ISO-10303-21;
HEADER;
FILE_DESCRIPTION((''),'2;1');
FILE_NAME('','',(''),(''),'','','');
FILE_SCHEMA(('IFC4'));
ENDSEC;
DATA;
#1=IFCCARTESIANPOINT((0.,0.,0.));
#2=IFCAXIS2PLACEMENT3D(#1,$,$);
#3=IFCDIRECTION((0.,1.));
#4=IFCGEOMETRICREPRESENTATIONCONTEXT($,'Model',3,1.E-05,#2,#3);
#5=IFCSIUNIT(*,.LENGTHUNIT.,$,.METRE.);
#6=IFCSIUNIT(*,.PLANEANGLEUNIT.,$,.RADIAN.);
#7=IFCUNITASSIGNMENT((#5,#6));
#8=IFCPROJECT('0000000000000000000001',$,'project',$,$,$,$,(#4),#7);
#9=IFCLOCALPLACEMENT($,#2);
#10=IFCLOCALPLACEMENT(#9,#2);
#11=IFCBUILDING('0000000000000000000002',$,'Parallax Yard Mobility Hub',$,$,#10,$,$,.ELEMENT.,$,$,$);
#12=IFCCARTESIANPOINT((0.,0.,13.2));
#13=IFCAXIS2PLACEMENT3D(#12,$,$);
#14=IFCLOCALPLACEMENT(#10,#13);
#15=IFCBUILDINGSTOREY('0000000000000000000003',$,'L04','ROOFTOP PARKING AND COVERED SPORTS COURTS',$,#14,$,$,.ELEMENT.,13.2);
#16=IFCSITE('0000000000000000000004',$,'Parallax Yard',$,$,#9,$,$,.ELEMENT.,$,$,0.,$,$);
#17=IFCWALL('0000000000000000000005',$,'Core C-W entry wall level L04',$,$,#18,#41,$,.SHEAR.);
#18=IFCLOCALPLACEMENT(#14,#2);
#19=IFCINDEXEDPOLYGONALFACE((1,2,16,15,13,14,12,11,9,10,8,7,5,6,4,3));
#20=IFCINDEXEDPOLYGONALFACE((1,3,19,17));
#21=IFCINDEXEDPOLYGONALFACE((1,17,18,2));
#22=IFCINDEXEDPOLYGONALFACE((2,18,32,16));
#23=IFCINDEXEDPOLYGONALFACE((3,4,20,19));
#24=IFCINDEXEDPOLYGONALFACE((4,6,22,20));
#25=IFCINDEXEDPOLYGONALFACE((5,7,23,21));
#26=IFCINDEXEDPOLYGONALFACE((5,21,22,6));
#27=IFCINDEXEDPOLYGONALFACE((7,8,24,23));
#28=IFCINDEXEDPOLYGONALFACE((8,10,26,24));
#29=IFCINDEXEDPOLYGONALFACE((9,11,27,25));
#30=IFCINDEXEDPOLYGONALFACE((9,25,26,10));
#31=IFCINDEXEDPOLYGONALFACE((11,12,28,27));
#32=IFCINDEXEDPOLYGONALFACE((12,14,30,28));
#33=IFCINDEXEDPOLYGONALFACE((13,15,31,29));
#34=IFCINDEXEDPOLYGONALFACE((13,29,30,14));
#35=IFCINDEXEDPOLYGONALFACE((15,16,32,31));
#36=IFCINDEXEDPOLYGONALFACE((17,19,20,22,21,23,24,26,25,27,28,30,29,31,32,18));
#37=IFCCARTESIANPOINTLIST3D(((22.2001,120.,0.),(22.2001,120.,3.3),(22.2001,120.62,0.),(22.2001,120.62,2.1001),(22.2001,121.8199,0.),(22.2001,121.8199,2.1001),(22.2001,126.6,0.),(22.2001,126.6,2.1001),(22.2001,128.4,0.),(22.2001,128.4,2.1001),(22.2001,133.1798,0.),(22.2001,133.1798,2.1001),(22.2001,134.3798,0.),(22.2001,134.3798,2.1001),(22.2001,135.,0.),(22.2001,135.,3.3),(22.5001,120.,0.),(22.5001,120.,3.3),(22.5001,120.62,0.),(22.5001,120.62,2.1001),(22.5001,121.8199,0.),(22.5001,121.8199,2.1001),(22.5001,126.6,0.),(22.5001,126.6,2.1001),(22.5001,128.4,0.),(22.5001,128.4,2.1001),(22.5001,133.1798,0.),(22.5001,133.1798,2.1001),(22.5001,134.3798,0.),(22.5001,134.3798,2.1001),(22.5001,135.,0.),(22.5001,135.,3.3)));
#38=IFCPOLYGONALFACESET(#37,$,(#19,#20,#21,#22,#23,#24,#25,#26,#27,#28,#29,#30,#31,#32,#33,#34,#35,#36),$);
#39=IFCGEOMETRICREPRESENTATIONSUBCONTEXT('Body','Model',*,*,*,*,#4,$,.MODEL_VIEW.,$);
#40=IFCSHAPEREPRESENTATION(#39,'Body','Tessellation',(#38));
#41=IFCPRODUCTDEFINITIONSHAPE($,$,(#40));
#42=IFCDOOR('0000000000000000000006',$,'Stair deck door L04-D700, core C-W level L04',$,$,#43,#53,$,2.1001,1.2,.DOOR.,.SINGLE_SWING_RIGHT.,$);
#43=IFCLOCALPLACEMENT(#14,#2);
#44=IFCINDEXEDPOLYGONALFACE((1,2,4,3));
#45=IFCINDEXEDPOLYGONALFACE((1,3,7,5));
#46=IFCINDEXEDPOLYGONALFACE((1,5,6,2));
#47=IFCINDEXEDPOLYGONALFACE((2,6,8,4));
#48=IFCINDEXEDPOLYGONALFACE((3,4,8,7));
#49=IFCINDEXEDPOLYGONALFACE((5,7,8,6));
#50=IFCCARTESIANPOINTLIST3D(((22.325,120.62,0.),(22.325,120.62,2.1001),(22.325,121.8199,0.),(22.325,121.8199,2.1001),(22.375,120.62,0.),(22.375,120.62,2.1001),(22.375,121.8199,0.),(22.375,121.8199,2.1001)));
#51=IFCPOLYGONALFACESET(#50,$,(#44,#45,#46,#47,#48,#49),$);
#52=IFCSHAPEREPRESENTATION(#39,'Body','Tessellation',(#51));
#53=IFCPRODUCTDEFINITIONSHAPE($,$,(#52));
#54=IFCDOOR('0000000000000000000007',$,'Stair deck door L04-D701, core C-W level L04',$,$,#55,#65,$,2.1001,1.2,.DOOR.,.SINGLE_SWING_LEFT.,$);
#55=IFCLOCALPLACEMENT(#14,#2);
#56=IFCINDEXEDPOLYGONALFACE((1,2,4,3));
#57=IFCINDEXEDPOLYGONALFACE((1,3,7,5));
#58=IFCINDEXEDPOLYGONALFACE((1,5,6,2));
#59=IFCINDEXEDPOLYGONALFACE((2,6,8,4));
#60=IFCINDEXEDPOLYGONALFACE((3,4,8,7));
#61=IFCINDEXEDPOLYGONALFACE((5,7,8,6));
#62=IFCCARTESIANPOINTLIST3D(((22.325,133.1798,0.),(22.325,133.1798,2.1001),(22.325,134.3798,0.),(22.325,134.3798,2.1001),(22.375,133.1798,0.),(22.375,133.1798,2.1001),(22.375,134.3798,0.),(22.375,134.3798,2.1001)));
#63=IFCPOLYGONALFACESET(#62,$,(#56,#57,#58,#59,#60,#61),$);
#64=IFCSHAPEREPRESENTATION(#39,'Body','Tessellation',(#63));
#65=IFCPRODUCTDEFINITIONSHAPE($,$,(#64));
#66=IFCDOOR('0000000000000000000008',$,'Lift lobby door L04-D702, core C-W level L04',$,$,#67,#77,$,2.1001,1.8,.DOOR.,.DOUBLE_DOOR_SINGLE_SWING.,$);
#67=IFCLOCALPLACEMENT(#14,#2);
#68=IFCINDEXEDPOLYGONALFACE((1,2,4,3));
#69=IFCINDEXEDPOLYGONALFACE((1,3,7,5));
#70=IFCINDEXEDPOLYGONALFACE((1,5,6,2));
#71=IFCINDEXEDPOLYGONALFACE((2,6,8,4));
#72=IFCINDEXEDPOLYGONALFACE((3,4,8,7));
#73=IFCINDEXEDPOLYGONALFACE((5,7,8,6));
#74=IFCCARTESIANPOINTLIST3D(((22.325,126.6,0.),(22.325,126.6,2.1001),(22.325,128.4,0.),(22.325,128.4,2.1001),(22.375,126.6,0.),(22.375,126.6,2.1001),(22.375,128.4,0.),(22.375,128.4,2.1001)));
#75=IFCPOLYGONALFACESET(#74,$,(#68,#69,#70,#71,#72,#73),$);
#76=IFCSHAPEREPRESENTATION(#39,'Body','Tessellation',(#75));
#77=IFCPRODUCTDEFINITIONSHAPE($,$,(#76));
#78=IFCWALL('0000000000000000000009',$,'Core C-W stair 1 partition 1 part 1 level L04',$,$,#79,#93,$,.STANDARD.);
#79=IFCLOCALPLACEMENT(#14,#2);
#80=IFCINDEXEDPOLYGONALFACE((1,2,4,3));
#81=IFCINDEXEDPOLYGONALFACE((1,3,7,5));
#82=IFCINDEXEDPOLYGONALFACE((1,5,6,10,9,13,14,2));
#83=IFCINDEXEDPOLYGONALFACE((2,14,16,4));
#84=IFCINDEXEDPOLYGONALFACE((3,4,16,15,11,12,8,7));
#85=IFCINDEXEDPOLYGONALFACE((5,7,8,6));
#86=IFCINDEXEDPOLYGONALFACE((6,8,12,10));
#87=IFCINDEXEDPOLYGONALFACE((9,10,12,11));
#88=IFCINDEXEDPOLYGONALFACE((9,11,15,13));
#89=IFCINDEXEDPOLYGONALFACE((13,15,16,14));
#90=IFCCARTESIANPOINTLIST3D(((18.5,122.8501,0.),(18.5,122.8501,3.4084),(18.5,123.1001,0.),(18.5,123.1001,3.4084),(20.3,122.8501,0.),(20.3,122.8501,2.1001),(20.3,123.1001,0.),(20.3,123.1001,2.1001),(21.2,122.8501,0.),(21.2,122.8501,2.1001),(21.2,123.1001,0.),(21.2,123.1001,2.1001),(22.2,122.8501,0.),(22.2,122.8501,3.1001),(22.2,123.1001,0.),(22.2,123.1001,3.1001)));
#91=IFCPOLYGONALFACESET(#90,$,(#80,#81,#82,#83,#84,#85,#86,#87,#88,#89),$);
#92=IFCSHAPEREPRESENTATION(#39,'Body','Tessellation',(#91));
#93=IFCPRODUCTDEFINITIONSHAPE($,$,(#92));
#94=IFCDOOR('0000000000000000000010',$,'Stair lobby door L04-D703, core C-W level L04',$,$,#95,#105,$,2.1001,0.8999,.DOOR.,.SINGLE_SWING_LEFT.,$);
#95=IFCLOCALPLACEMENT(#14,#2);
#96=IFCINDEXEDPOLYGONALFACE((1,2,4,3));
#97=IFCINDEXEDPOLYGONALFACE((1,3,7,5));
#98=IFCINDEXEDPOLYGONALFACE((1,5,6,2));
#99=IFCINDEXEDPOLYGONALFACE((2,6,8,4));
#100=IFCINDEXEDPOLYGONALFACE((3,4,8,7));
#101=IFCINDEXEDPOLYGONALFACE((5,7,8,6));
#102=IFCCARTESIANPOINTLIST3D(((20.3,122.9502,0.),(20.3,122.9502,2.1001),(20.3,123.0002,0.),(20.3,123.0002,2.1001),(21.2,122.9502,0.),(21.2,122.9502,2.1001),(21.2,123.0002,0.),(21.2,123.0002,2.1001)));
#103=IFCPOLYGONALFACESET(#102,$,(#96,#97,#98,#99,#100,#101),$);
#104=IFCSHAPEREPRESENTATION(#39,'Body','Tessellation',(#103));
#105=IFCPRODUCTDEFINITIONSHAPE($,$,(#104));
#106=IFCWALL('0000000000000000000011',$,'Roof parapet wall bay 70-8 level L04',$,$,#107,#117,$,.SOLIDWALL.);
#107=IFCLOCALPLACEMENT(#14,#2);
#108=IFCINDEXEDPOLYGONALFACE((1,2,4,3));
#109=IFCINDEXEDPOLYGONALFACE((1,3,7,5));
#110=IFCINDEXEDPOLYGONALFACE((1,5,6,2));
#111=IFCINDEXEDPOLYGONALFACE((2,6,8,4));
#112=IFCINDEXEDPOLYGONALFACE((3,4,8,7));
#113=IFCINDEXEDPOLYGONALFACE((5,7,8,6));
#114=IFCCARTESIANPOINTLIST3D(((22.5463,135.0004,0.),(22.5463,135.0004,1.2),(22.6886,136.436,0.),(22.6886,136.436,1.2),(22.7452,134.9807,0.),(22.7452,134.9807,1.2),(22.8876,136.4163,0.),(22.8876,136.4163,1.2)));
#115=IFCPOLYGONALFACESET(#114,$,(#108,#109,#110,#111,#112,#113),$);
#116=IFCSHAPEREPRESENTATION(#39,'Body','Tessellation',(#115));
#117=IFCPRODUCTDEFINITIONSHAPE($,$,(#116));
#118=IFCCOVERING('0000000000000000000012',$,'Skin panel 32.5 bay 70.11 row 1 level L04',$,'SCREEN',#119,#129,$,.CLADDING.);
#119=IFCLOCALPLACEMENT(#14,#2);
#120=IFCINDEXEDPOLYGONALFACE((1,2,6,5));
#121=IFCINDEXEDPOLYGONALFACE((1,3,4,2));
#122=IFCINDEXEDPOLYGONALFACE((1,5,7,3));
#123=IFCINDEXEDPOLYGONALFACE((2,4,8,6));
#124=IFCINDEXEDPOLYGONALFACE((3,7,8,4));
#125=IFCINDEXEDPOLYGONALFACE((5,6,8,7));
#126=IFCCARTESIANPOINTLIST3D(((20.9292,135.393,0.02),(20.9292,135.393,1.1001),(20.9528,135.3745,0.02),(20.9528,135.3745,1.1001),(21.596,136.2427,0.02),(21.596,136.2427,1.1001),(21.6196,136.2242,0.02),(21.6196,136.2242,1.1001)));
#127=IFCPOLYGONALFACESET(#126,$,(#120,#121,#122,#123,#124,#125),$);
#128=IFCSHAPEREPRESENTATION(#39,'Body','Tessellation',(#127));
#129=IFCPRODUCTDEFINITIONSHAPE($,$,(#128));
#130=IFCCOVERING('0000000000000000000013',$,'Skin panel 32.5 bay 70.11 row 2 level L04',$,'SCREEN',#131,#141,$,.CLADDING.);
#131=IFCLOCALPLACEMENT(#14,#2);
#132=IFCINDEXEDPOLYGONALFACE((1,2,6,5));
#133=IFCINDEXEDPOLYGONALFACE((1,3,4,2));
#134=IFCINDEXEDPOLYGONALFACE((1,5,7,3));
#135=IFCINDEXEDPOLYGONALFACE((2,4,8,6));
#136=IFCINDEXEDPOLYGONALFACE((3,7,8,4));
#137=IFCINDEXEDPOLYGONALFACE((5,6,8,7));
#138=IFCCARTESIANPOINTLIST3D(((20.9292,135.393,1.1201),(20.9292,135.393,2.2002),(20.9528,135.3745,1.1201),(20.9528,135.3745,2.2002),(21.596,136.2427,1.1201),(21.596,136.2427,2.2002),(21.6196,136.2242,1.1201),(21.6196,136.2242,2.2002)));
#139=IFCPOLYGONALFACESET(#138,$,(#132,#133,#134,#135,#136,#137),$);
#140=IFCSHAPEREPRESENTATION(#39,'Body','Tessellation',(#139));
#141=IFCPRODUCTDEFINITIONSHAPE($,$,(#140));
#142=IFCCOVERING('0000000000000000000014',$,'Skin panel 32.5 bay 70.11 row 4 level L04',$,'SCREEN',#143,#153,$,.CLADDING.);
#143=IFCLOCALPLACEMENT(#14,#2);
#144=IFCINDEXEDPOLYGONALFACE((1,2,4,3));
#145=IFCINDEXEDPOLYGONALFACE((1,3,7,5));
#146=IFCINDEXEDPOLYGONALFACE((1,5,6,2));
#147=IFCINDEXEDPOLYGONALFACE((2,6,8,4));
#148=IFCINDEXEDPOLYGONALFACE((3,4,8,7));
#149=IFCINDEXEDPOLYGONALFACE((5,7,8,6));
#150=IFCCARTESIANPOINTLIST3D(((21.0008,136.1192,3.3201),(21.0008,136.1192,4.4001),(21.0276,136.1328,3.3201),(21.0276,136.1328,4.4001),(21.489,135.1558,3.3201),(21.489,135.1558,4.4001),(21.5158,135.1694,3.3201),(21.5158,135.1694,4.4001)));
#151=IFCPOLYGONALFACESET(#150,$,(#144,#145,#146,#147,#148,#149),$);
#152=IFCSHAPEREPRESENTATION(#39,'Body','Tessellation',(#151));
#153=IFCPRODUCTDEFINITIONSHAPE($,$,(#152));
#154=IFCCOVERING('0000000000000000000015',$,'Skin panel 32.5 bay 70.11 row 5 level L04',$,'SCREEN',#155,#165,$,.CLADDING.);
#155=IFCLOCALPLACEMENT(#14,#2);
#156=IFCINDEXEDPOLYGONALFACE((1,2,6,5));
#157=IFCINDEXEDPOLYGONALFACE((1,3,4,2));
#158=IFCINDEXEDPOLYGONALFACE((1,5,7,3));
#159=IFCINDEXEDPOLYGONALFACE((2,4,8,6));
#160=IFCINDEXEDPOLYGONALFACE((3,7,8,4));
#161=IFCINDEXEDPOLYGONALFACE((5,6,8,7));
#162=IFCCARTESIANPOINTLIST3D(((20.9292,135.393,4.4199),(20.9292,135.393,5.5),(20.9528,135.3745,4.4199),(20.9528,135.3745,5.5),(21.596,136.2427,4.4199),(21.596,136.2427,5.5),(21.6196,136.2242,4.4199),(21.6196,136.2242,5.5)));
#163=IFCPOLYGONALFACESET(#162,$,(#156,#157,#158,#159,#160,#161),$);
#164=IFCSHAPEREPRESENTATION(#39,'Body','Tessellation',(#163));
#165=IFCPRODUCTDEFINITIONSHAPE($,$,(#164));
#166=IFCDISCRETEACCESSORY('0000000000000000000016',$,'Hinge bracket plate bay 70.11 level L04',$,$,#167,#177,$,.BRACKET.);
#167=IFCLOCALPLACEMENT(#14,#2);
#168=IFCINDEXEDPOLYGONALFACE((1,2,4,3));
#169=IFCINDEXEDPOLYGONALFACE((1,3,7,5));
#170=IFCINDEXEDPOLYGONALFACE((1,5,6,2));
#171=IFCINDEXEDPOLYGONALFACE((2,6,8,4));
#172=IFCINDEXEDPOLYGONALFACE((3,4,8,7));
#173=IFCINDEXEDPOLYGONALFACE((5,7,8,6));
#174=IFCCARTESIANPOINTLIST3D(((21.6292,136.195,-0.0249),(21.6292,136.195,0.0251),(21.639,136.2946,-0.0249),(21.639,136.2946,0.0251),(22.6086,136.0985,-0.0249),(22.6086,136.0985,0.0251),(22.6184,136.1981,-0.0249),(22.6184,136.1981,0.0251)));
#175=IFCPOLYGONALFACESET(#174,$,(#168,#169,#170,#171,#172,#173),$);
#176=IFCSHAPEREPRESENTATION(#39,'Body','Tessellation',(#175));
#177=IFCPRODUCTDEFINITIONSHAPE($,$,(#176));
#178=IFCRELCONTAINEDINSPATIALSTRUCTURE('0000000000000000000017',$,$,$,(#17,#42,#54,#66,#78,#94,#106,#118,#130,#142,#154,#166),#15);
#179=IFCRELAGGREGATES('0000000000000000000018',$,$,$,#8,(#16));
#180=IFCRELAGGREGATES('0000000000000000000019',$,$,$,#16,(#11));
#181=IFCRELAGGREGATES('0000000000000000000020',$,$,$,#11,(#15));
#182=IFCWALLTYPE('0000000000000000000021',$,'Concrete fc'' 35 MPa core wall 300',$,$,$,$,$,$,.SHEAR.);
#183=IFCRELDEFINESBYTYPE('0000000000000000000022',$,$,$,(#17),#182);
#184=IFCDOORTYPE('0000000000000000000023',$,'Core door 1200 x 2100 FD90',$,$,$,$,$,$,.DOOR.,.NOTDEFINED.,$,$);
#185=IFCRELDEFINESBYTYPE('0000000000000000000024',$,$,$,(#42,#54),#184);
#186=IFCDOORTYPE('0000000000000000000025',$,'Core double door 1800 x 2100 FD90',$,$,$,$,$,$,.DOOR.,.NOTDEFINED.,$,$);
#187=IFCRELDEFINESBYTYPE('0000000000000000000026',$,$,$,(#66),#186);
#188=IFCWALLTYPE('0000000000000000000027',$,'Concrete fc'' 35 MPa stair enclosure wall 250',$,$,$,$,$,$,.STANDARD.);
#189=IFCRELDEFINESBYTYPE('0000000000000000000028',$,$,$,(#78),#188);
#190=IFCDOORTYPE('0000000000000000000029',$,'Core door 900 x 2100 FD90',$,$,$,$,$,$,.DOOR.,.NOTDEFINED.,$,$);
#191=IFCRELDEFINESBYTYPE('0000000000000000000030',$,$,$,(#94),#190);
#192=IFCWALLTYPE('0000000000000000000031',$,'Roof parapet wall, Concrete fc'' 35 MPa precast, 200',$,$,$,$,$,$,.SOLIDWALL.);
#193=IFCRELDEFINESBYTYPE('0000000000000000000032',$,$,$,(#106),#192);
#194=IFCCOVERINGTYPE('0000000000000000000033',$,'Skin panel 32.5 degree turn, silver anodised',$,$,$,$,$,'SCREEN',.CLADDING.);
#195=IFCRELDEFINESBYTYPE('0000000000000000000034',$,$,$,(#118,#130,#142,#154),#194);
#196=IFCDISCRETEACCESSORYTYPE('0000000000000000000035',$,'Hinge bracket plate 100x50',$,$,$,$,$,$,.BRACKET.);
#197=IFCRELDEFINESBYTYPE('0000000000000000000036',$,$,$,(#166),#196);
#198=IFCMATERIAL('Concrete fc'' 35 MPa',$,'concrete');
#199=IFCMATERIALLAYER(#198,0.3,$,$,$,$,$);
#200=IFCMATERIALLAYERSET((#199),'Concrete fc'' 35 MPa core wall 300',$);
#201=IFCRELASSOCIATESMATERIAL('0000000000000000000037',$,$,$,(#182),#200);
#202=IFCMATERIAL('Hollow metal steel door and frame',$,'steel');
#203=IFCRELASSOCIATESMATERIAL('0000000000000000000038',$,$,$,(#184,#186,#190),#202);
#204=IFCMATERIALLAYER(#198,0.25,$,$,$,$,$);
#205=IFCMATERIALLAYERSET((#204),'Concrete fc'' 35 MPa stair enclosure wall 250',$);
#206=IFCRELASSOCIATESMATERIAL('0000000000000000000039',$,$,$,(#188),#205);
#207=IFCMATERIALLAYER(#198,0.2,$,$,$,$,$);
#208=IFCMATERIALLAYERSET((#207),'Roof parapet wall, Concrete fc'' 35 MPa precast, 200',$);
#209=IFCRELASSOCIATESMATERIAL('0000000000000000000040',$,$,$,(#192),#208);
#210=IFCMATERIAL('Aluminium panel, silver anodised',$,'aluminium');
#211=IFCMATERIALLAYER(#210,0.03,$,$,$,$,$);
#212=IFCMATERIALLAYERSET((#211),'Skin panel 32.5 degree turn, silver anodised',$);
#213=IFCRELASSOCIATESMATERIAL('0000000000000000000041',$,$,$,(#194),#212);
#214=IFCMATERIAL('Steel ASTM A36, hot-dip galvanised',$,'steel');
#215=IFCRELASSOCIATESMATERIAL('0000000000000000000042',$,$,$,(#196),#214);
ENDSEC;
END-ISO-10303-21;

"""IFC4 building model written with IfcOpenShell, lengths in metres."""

from ifc_helpers import new_model, si_unit, direction, frame, frame_2d, origin, origin_2d, place, context, subcontext, project, spatial, polyline, rectangle, outline, extrude, material, layer, layer_set, type_object, element, fill, save


model = new_model("IFC4")

# Units and contexts
model_context = context("Model", 3, precision=1e-05, world=origin(), true_north=direction((0.0, 1.0)))
body_context = subcontext(model_context, "Body", "Model", "MODEL_VIEW")
ifc_project = project(units=[si_unit("LENGTHUNIT", "METRE"), si_unit("PLANEANGLEUNIT", "RADIAN")], contexts=[model_context])

# Site, building, storey
site_placement = place(None, origin())
site = spatial("IfcSite", under=ifc_project, at=site_placement, Name="Parallax Yard", CompositionType="ELEMENT", RefElevation=0.0)
building_placement = place(site_placement, origin())
building = spatial("IfcBuilding", under=site, at=building_placement, Name="Parallax Yard Mobility Hub", CompositionType="ELEMENT")
storey_placement = place(building_placement, frame((0.0, 0.0, 13.2)))
storey = spatial("IfcBuildingStorey", under=building, at=storey_placement, Name="L04", Description="ROOFTOP PARKING AND COVERED SPORTS COURTS", CompositionType="ELEMENT", Elevation=13.2)

# Wall, openings, doors
ifc_material_1 = material(Name="Concrete fc' 35 MPa", Category="concrete")
ifc_layer_1 = layer(ifc_material_1, 0.3)
ifc_layer_set_1 = layer_set([ifc_layer_1], Name="Concrete fc' 35 MPa core wall 300")
wall_type_1 = type_object("IfcWallType", Name="Concrete fc' 35 MPa core wall 300", PredefinedType="SHEAR", material=ifc_layer_set_1)
wall_1_placement = place(storey_placement, frame((22.3501, 135.0, 0.0), z_axis=(0.0, 0.0, 1.0), x_axis=(0.0, -1.0, 0.0)))
wall_1 = element("IfcWall", 1, at=wall_1_placement, inside=storey, type_object=wall_type_1, Name="Core C-W entry wall level L04", PredefinedType="SHEAR", context=body_context, shape_type="SweptSolid", body=[
    extrude(rectangle(XDim=15.0, YDim=0.3, at=frame_2d((7.5, 0.0))), origin(), (0.0, 0.0, 1.0), 3.3),
])
opening_1_placement = place(wall_1_placement, frame((13.1799, 0.0, 0.0)))
opening_1 = element("IfcOpeningElement", 2, at=opening_1_placement, cuts=wall_1, PredefinedType="OPENING", context=body_context, shape_type="SweptSolid", body=[
    extrude(rectangle(XDim=1.2, YDim=2.1001, at=frame_2d((0.6001, 1.05))), frame((0.0, 0.1602, 0.0), z_axis=(0.0, -1.0, 0.0), x_axis=(1.0, 0.0, 0.0)), (0.0, 0.0, 1.0), 0.3201),
])
opening_2_placement = place(wall_1_placement, frame((0.6201, 0.0, 0.0)))
opening_2 = element("IfcOpeningElement", 3, at=opening_2_placement, cuts=wall_1, PredefinedType="OPENING", context=body_context, shape_type="SweptSolid", body=[
    extrude(rectangle(XDim=1.2, YDim=2.1001, at=frame_2d((0.6001, 1.05))), frame((0.0, 0.1602, 0.0), z_axis=(0.0, -1.0, 0.0), x_axis=(1.0, 0.0, 0.0)), (0.0, 0.0, 1.0), 0.3201),
])
opening_3_placement = place(wall_1_placement, frame((6.6001, 0.0, 0.0)))
opening_3 = element("IfcOpeningElement", 4, at=opening_3_placement, cuts=wall_1, PredefinedType="OPENING", context=body_context, shape_type="SweptSolid", body=[
    extrude(rectangle(XDim=1.8, YDim=2.1001, at=frame_2d((0.8999, 1.05))), frame((0.0, 0.1602, 0.0), z_axis=(0.0, -1.0, 0.0), x_axis=(1.0, 0.0, 0.0)), (0.0, 0.0, 1.0), 0.3201),
])
ifc_material_2 = material(Name="Hollow metal steel door and frame", Category="steel")
door_type_1 = type_object("IfcDoorType", Name="Core door 1200 x 2100 FD90", OperationType="NOTDEFINED", PredefinedType="DOOR", material=ifc_material_2)
door_1_placement = place(opening_1_placement, origin())
door_1 = element("IfcDoor", 5, at=door_1_placement, inside=storey, type_object=door_type_1, Name="Stair deck door L04-D700, core C-W level L04", OperationType="SINGLE_SWING_RIGHT", OverallHeight=2.1001, OverallWidth=1.2, PredefinedType="DOOR", context=body_context, shape_type="SweptSolid", body=[
    extrude(rectangle(XDim=1.2, YDim=2.1001, at=frame_2d((0.6001, 1.05))), frame((0.0, 0.0249, 0.0), z_axis=(0.0, -1.0, 0.0), x_axis=(1.0, 0.0, 0.0)), (0.0, 0.0, 1.0), 0.05),
])
fill(opening_1, door_1)
door_2_placement = place(opening_2_placement, origin())
door_2 = element("IfcDoor", 6, at=door_2_placement, inside=storey, type_object=door_type_1, Name="Stair deck door L04-D701, core C-W level L04", OperationType="SINGLE_SWING_LEFT", OverallHeight=2.1001, OverallWidth=1.2, PredefinedType="DOOR", context=body_context, shape_type="SweptSolid", body=[
    extrude(rectangle(XDim=1.2, YDim=2.1001, at=frame_2d((0.6001, 1.05))), frame((0.0, 0.0249, 0.0), z_axis=(0.0, -1.0, 0.0), x_axis=(1.0, 0.0, 0.0)), (0.0, 0.0, 1.0), 0.05),
])
fill(opening_2, door_2)
door_type_2 = type_object("IfcDoorType", Name="Core double door 1800 x 2100 FD90", OperationType="NOTDEFINED", PredefinedType="DOOR", material=ifc_material_2)
door_3_placement = place(opening_3_placement, origin())
door_3 = element("IfcDoor", 7, at=door_3_placement, inside=storey, type_object=door_type_2, Name="Lift lobby door L04-D702, core C-W level L04", OperationType="DOUBLE_DOOR_SINGLE_SWING", OverallHeight=2.1001, OverallWidth=1.8, PredefinedType="DOOR", context=body_context, shape_type="SweptSolid", body=[
    extrude(rectangle(XDim=1.8, YDim=2.1001, at=frame_2d((0.8999, 1.05))), frame((0.0, 0.0249, 0.0), z_axis=(0.0, -1.0, 0.0), x_axis=(1.0, 0.0, 0.0)), (0.0, 0.0, 1.0), 0.05),
])
fill(opening_3, door_3)

# Wall, opening, door
ifc_layer_2 = layer(ifc_material_1, 0.25)
ifc_layer_set_2 = layer_set([ifc_layer_2], Name="Concrete fc' 35 MPa stair enclosure wall 250")
wall_type_2 = type_object("IfcWallType", Name="Concrete fc' 35 MPa stair enclosure wall 250", PredefinedType="STANDARD", material=ifc_layer_set_2)
wall_2_placement = place(storey_placement, frame((22.2, 122.9751, 0.0), z_axis=(0.0, 0.0, 1.0), x_axis=(-1.0, 0.0, 0.0)))
wall_2 = element("IfcWall", 8, at=wall_2_placement, inside=storey, type_object=wall_type_2, Name="Core C-W stair 1 partition 1 part 1 level L04", PredefinedType="STANDARD", context=body_context, shape_type="SweptSolid", body=[
    extrude(outline(polyline([(0.0, 0.0), (3.7, 0.0), (3.7, 3.4084), (0.0, 3.1001), (0.0, 0.0)])), frame((0.0, 0.125, 0.0), z_axis=(0.0, -1.0, 0.0), x_axis=(1.0, 0.0, 0.0)), (0.0, 0.0, 1.0), 0.25),
])
opening_4_placement = place(wall_2_placement, frame((1.0, 0.0, 0.0)))
opening_4 = element("IfcOpeningElement", 9, at=opening_4_placement, cuts=wall_2, PredefinedType="OPENING", context=body_context, shape_type="SweptSolid", body=[
    extrude(rectangle(XDim=0.8999, YDim=2.1001, at=frame_2d((0.45, 1.05))), frame((0.0, 0.135, 0.0), z_axis=(0.0, -1.0, 0.0), x_axis=(1.0, 0.0, 0.0)), (0.0, 0.0, 1.0), 0.27),
])
door_type_3 = type_object("IfcDoorType", Name="Core door 900 x 2100 FD90", OperationType="NOTDEFINED", PredefinedType="DOOR", material=ifc_material_2)
door_4_placement = place(opening_4_placement, origin())
door_4 = element("IfcDoor", 10, at=door_4_placement, inside=storey, type_object=door_type_3, Name="Stair lobby door L04-D703, core C-W level L04", OperationType="SINGLE_SWING_LEFT", OverallHeight=2.1001, OverallWidth=0.8999, PredefinedType="DOOR", context=body_context, shape_type="SweptSolid", body=[
    extrude(rectangle(XDim=0.8999, YDim=2.1001, at=frame_2d((0.45, 1.05))), frame((0.0, 0.0249, 0.0), z_axis=(0.0, -1.0, 0.0), x_axis=(1.0, 0.0, 0.0)), (0.0, 0.0, 1.0), 0.05),
])
fill(opening_4, door_4)

# Wall
ifc_layer_3 = layer(ifc_material_1, 0.2)
ifc_layer_set_3 = layer_set([ifc_layer_3], Name="Roof parapet wall, Concrete fc' 35 MPa precast, 200")
wall_type_3 = type_object("IfcWallType", Name="Roof parapet wall, Concrete fc' 35 MPa precast, 200", PredefinedType="SOLIDWALL", material=ifc_layer_set_3)
wall_3_placement = place(storey_placement, frame((22.7881, 136.426, 0.0), z_axis=(0.0, 0.0, 1.0), x_axis=(-0.098666, -0.995121, 0.0)))
element("IfcWall", 11, at=wall_3_placement, inside=storey, type_object=wall_type_3, Name="Roof parapet wall bay 70-8 level L04", PredefinedType="SOLIDWALL", context=body_context, shape_type="SweptSolid", body=[
    extrude(rectangle(XDim=1.4426, YDim=0.2, at=frame_2d((0.7212, 0.0))), origin(), (0.0, 0.0, 1.0), 1.2),
])

# Coverings
ifc_material_3 = material(Name="Aluminium panel, silver anodised", Category="aluminium")
ifc_layer_4 = layer(ifc_material_3, 0.03)
ifc_layer_set_4 = layer_set([ifc_layer_4], Name="Skin panel 32.5 degree turn, silver anodised")
covering_type = type_object("IfcCoveringType", Name="Skin panel 32.5 degree turn, silver anodised", ElementType="SCREEN", PredefinedType="CLADDING", material=ifc_layer_set_4)
for number, where, z_axis, x_axis, name in (
    (12, (21.2744, 135.8086, 0.02), (0.0, 0.0, 1.0), (-0.617379, -0.786666, 0.0), "Skin panel 32.5 bay 70.11 row 1 level L04"),
    (13, (21.2744, 135.8086, 1.1201), (0.0, 0.0, 1.0), (-0.617379, -0.786666, 0.0), "Skin panel 32.5 bay 70.11 row 2 level L04"),
    (14, (21.2583, 135.6443, 3.3201), (0.0, 0.0, 1.0), (-0.452046, 0.891995, 0.0), "Skin panel 32.5 bay 70.11 row 4 level L04"),
    (15, (21.2744, 135.8086, 4.4199), (0.0, 0.0, 1.0), (-0.617379, -0.786666, 0.0), "Skin panel 32.5 bay 70.11 row 5 level L04"),
):
    element("IfcCovering", number, at=place(storey_placement, frame(where, z_axis=z_axis, x_axis=x_axis)), inside=storey, type_object=covering_type, Name=name, ObjectType="SCREEN", PredefinedType="CLADDING", context=body_context, shape_type="SweptSolid", body=[
        extrude(rectangle(XDim=1.0801, YDim=0.03, at=origin_2d()), origin(), (0.0, 0.0, 1.0), 1.0801),
    ])

# Discrete accessory
ifc_material_4 = material(Name="Steel ASTM A36, hot-dip galvanised", Category="steel")
discrete_accessory_type_1 = type_object("IfcDiscreteAccessoryType", Name="Hinge bracket plate 100x50", PredefinedType="BRACKET", material=ifc_material_4)
discrete_accessory_1_placement = place(storey_placement, frame((22.1238, 136.1965, -0.0249), z_axis=(0.0, 0.0, 1.0), x_axis=(-0.995185, 0.098017, 0.0)))
element("IfcDiscreteAccessory", 16, at=discrete_accessory_1_placement, inside=storey, type_object=discrete_accessory_type_1, Name="Hinge bracket plate bay 70.11 level L04", PredefinedType="BRACKET", context=body_context, shape_type="SweptSolid", body=[
    extrude(rectangle(XDim=0.9841, YDim=0.1001, at=origin_2d()), origin(), (0.0, 0.0, 1.0), 0.05),
])

save(model, "model.ifc")
